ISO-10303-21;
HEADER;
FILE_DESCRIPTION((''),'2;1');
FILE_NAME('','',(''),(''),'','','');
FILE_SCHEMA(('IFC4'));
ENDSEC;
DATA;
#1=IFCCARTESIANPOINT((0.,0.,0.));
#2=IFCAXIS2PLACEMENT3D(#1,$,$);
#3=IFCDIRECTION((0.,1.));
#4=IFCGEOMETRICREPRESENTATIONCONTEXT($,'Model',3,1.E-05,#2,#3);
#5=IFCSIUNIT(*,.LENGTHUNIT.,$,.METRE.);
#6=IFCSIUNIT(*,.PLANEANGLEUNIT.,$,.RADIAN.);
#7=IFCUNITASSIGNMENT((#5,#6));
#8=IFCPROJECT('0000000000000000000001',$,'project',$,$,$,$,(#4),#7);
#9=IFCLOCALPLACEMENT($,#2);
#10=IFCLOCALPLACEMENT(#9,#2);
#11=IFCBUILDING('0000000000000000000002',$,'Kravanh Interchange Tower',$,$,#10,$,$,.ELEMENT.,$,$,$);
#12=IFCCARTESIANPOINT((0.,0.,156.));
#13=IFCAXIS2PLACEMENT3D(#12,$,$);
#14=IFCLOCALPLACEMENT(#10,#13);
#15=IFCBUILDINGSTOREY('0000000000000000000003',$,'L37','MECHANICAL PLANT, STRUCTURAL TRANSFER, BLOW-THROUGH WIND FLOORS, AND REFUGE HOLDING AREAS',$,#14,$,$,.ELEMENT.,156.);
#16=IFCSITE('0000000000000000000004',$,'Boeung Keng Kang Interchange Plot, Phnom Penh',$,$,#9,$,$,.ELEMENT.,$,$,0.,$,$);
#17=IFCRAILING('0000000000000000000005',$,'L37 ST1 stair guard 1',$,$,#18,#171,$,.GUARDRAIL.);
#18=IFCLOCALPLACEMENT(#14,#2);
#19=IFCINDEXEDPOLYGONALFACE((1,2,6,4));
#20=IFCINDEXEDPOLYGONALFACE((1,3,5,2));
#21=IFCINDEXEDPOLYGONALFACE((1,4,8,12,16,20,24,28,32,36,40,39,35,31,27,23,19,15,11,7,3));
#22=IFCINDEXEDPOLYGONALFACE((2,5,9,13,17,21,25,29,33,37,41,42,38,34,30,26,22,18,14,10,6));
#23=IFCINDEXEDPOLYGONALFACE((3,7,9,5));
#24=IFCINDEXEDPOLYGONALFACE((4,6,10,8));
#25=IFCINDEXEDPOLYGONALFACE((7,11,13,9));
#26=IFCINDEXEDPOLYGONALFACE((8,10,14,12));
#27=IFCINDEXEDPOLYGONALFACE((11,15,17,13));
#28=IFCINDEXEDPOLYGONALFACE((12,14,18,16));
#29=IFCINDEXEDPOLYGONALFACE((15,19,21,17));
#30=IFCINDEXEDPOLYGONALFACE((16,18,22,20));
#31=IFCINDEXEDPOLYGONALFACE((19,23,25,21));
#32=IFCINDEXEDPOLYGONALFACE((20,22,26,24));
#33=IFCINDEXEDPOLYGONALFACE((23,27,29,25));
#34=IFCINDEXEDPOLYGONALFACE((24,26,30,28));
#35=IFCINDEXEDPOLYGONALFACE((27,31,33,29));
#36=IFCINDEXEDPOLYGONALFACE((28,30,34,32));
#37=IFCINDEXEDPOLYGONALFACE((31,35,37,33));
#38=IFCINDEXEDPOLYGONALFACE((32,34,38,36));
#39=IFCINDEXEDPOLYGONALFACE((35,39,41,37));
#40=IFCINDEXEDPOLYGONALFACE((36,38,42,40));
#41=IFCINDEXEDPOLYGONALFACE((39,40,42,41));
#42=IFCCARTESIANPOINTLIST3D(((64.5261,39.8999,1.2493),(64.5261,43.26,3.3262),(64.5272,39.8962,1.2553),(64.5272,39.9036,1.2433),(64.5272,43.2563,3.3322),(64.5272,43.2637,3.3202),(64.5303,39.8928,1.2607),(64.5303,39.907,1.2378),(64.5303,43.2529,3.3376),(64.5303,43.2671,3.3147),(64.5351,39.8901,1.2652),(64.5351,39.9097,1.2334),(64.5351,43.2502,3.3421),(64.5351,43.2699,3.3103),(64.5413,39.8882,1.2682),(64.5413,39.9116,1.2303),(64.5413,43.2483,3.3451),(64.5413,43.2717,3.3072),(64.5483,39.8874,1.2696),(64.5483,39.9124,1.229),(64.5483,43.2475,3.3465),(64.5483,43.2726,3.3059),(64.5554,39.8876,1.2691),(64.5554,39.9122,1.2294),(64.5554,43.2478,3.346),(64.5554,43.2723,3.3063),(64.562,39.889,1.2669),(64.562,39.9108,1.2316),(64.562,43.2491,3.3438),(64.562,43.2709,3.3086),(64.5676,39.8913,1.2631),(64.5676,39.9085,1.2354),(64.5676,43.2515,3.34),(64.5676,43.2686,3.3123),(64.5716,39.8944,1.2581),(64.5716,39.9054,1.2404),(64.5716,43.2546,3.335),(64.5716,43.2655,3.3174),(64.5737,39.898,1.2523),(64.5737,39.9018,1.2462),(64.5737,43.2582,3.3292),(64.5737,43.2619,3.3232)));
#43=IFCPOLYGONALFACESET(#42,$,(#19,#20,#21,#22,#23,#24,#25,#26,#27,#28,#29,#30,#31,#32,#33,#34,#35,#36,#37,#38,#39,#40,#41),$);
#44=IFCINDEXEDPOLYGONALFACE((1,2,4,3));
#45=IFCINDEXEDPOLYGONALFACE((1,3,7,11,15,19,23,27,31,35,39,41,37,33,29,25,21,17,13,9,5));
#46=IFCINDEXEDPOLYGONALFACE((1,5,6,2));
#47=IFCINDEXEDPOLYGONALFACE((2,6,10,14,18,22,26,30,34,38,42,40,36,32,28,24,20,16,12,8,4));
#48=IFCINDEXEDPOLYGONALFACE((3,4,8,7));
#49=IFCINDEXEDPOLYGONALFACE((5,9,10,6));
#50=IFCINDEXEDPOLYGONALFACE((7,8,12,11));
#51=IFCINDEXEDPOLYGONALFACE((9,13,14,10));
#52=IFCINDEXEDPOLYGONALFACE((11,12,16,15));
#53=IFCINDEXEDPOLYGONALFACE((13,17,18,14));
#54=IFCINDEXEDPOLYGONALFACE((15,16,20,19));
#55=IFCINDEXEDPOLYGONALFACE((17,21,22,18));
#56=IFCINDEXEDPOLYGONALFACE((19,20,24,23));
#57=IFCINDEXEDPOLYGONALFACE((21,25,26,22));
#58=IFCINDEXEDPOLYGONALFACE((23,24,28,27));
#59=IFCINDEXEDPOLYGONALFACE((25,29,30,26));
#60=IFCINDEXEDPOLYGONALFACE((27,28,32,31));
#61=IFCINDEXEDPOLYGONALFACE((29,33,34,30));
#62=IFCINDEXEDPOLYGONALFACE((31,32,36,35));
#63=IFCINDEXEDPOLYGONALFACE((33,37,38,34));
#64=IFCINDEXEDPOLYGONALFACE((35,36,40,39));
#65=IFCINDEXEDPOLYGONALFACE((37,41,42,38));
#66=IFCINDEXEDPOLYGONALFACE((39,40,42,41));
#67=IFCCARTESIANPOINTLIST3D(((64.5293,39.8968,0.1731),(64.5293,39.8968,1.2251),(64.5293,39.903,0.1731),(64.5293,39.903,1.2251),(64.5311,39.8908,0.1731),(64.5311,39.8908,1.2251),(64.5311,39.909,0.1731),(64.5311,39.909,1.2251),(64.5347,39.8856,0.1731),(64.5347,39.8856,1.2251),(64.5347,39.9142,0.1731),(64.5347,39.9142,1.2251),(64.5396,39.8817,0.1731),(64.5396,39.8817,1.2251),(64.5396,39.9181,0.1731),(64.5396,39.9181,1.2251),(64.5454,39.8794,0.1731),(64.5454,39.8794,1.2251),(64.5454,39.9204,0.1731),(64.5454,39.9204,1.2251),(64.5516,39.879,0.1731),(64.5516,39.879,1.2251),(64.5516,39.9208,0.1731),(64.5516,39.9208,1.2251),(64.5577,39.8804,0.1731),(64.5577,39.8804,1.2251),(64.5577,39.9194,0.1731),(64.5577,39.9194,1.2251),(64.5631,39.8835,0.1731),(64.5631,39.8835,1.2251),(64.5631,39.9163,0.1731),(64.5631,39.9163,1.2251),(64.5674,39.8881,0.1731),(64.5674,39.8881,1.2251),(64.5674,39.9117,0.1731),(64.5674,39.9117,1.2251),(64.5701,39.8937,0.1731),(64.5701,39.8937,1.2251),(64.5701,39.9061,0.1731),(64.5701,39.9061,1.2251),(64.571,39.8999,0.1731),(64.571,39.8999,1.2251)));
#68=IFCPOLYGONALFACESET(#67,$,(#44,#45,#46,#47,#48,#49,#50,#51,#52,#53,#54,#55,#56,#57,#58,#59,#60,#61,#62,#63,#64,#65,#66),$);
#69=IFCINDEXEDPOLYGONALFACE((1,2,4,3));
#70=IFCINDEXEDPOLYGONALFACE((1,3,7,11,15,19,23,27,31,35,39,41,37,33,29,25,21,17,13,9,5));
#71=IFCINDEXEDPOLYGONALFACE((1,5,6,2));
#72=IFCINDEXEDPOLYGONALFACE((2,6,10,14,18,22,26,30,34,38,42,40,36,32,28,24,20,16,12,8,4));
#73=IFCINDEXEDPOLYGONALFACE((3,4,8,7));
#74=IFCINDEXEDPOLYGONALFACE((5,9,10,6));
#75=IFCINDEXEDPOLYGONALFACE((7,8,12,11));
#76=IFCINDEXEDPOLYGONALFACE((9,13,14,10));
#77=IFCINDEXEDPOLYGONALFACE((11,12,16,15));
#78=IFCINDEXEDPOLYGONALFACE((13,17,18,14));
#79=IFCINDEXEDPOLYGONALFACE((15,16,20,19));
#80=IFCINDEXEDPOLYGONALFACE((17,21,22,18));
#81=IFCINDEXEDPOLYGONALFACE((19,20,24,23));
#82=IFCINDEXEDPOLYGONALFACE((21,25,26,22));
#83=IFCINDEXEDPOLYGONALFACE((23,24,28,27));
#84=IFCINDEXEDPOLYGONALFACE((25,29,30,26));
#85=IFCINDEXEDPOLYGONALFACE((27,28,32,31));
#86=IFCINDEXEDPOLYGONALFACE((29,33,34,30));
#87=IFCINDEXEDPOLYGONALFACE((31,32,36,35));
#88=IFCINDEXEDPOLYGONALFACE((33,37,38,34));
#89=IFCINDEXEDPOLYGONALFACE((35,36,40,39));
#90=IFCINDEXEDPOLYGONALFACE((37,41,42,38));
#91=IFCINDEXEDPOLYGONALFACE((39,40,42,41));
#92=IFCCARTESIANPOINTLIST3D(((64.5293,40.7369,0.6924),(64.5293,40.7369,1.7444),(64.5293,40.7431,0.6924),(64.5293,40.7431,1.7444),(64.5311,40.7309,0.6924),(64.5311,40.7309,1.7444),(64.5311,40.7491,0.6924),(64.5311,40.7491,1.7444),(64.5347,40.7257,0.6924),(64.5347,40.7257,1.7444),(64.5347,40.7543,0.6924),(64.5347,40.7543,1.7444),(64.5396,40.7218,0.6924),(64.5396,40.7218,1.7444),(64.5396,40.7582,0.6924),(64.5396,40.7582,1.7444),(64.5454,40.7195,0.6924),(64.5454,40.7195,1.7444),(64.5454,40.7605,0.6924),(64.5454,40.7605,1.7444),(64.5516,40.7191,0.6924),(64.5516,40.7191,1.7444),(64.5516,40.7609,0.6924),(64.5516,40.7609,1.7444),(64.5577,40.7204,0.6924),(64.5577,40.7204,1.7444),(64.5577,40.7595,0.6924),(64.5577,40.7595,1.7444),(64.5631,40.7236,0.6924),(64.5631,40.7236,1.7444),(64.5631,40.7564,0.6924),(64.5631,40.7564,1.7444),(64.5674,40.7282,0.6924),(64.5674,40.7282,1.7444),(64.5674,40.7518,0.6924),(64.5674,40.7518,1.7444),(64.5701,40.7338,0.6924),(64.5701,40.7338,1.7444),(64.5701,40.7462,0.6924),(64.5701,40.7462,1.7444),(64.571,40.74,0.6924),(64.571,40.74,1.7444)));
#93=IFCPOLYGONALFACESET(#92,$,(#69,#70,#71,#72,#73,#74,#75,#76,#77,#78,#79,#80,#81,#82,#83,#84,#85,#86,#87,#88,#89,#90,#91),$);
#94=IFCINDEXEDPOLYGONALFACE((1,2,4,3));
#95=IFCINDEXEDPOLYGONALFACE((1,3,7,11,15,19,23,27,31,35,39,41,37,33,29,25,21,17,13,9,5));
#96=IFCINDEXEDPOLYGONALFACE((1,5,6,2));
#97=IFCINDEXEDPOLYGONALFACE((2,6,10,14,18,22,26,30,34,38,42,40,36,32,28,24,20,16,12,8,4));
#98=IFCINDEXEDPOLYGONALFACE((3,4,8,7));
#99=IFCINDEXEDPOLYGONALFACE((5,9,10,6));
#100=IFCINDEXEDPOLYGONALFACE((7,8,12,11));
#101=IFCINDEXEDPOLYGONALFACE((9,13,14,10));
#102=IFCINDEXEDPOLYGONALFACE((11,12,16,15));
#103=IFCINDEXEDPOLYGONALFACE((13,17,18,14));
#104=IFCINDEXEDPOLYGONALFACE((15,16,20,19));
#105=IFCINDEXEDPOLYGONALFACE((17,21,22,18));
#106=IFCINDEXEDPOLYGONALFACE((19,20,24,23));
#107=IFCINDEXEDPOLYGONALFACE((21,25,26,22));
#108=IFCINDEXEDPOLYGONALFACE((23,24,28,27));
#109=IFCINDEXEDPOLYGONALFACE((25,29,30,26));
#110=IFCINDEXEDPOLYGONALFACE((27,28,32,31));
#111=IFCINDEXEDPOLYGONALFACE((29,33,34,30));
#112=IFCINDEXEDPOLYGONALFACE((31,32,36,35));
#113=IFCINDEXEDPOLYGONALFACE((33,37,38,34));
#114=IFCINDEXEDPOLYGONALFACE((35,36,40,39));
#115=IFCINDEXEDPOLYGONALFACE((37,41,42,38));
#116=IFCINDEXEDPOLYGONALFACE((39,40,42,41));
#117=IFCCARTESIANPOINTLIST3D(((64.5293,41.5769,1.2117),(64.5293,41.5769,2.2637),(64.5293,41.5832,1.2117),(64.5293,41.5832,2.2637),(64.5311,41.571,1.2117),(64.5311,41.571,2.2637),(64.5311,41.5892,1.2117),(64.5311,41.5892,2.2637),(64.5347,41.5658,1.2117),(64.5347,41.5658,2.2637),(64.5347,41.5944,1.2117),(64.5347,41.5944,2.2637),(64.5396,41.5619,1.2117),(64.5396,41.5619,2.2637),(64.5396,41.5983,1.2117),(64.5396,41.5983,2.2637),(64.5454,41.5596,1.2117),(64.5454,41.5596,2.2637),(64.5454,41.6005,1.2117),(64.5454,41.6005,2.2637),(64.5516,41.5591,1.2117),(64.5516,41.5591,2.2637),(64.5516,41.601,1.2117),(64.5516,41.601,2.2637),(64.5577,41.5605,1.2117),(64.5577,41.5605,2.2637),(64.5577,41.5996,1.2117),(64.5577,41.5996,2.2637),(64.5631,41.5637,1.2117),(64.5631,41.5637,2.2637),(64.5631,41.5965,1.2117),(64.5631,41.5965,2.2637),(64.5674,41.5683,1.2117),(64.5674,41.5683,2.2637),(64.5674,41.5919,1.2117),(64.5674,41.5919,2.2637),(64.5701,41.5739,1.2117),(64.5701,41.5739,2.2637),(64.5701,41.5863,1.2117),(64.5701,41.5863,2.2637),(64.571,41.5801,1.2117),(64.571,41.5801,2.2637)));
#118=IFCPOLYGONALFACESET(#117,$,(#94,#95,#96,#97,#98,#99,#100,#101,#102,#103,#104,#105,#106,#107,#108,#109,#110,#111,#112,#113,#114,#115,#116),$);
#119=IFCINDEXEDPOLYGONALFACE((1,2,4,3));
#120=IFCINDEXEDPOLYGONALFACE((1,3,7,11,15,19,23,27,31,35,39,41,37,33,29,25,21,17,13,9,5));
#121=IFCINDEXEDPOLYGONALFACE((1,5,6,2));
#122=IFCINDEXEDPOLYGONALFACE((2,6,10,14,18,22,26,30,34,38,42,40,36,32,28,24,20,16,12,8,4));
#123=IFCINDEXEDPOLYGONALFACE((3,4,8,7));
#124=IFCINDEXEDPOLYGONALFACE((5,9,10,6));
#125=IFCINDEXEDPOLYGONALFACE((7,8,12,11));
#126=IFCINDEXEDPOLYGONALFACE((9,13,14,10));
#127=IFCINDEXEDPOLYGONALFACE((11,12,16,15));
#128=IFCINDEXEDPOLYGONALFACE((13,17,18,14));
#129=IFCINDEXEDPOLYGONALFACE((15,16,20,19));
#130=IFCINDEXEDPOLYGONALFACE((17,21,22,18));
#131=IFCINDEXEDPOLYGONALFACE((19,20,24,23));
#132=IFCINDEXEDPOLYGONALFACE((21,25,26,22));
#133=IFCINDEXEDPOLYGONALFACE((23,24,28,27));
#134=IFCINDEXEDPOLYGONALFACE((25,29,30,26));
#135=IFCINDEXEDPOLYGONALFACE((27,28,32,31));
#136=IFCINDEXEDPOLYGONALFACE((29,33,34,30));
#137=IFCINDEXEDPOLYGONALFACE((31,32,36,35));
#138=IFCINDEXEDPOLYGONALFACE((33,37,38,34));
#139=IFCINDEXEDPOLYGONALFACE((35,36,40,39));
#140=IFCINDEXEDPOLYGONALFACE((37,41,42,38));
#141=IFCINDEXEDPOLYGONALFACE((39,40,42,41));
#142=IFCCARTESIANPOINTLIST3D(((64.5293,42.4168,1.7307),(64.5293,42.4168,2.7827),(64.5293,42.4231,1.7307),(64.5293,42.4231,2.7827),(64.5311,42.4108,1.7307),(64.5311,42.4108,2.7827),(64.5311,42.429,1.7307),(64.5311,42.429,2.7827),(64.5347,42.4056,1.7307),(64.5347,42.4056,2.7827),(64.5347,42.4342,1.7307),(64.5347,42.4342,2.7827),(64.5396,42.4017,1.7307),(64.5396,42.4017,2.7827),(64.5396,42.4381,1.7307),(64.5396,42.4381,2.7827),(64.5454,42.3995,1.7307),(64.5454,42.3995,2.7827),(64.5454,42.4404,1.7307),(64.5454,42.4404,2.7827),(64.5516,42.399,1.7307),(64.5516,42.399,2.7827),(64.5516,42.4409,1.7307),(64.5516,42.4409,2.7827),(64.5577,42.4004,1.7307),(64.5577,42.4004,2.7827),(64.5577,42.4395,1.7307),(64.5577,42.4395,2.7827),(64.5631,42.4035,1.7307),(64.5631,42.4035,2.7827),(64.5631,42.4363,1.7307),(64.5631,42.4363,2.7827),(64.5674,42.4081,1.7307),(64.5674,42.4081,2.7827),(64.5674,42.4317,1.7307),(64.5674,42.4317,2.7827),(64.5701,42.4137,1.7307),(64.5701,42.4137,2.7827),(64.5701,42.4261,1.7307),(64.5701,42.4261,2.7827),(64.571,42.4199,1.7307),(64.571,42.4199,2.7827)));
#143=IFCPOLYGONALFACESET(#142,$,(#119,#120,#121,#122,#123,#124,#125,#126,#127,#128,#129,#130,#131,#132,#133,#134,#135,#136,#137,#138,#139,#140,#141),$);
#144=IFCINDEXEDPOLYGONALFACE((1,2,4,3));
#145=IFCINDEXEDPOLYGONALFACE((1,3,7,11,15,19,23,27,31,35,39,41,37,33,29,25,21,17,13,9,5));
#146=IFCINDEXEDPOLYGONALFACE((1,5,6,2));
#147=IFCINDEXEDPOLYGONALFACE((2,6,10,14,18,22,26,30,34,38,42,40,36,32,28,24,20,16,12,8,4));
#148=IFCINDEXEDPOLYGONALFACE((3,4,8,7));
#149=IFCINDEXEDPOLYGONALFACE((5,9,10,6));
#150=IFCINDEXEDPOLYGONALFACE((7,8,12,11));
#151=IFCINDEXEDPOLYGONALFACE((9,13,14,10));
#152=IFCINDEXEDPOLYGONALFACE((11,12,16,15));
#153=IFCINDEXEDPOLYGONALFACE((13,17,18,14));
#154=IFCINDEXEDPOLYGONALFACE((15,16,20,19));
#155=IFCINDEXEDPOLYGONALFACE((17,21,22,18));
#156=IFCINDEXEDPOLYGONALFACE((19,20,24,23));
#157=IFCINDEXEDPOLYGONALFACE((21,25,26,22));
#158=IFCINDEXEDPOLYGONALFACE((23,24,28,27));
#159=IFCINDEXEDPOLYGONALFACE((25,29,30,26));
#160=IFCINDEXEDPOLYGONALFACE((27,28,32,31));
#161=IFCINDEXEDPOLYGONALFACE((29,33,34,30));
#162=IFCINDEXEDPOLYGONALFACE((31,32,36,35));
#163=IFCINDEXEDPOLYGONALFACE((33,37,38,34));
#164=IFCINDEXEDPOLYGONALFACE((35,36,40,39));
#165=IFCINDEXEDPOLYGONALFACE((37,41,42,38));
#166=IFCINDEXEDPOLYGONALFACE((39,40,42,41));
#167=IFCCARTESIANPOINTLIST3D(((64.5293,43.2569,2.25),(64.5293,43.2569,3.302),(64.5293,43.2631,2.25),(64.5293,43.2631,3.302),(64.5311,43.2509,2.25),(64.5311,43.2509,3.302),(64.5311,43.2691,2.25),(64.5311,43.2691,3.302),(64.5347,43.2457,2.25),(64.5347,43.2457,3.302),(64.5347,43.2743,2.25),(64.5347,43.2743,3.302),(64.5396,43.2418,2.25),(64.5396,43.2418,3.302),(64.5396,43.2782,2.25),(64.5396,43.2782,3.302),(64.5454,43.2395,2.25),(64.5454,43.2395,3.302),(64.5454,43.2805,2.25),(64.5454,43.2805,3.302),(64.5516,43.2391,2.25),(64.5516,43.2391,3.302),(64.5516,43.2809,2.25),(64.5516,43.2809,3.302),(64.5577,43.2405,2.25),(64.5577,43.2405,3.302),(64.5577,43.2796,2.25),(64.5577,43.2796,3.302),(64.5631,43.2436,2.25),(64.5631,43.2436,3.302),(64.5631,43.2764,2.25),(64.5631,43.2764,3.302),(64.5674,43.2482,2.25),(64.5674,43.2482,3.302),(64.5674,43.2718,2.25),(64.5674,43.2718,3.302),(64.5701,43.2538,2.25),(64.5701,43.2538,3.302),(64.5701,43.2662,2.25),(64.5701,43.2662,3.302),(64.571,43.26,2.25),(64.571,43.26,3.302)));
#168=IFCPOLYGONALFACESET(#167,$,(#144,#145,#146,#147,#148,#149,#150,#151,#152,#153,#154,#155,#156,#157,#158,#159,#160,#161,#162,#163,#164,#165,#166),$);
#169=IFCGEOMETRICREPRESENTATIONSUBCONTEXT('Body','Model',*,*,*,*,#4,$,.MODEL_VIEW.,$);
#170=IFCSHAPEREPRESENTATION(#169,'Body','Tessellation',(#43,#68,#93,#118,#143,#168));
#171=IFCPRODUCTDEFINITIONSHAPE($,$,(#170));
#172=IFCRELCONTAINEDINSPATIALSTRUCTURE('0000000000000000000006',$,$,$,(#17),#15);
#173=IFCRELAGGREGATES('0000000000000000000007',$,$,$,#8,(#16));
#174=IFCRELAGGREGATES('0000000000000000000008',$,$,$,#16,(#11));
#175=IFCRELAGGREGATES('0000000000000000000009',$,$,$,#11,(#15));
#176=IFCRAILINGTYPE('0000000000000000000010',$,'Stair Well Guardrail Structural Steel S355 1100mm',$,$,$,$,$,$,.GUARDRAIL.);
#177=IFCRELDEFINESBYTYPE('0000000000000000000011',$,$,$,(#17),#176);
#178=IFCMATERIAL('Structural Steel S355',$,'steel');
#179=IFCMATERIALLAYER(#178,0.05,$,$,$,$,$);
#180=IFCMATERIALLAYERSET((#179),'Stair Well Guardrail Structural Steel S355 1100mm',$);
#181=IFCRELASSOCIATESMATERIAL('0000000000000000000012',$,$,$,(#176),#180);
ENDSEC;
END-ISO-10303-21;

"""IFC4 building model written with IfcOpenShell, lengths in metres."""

from ifc_helpers import new_model, si_unit, direction, frame, origin, origin_2d, place, context, subcontext, project, spatial, circle, extrude, material, layer, layer_set, type_object, element, save


model = new_model("IFC4")

# Units and contexts
model_context = context("Model", 3, precision=1e-05, world=origin(), true_north=direction((0.0, 1.0)))
body_context = subcontext(model_context, "Body", "Model", "MODEL_VIEW")
ifc_project = project(units=[si_unit("LENGTHUNIT", "METRE"), si_unit("PLANEANGLEUNIT", "RADIAN")], contexts=[model_context])

# Site, building, storey
site_placement = place(None, origin())
site = spatial("IfcSite", under=ifc_project, at=site_placement, Name="Boeung Keng Kang Interchange Plot, Phnom Penh", CompositionType="ELEMENT", RefElevation=0.0)
building_placement = place(site_placement, origin())
building = spatial("IfcBuilding", under=site, at=building_placement, Name="Kravanh Interchange Tower", CompositionType="ELEMENT")
storey_placement = place(building_placement, frame((0.0, 0.0, 156.0)))
storey = spatial("IfcBuildingStorey", under=building, at=storey_placement, Name="L37", Description="MECHANICAL PLANT, STRUCTURAL TRANSFER, BLOW-THROUGH WIND FLOORS, AND REFUGE HOLDING AREAS", CompositionType="ELEMENT", Elevation=156.0)

# Railing
ifc_material_1 = material(Name="Structural Steel S355", Category="steel")
ifc_layer_1 = layer(ifc_material_1, 0.05)
ifc_layer_set_1 = layer_set([ifc_layer_1], Name="Stair Well Guardrail Structural Steel S355 1100mm")
railing_type_1 = type_object("IfcRailingType", Name="Stair Well Guardrail Structural Steel S355 1100mm", PredefinedType="GUARDRAIL", material=ifc_layer_set_1)
railing_1_placement = place(storey_placement, frame((64.55, 39.8999, 0.1731)))
element("IfcRailing", 1, at=railing_1_placement, inside=storey, type_object=railing_type_1, Name="L37 ST1 stair guard 1", PredefinedType="GUARDRAIL", context=body_context, shape_type="SweptSolid", body=[
    extrude(circle(Radius=0.0239, at=origin_2d()), frame((0.0, 0.0, 1.0762), z_axis=(0.0, 0.850623, 0.525776), x_axis=(-1.0, 0.0, 0.0)), (0.0, 0.0, 1.0), 3.9502),
    extrude(circle(Radius=0.021, at=origin_2d()), origin(), (0.0, 0.0, 1.0), 1.052),
    extrude(circle(Radius=0.021, at=origin_2d()), frame((0.0, 0.8401, 0.5193)), (0.0, 0.0, 1.0), 1.052),
    extrude(circle(Radius=0.021, at=origin_2d()), frame((0.0, 1.6802, 1.0386)), (0.0, 0.0, 1.0), 1.052),
    extrude(circle(Radius=0.021, at=origin_2d()), frame((0.0, 2.52, 1.5576)), (0.0, 0.0, 1.0), 1.052),
    extrude(circle(Radius=0.021, at=origin_2d()), frame((0.0, 3.3601, 2.0769)), (0.0, 0.0, 1.0), 1.052),
])

save(model, "model.ifc")
